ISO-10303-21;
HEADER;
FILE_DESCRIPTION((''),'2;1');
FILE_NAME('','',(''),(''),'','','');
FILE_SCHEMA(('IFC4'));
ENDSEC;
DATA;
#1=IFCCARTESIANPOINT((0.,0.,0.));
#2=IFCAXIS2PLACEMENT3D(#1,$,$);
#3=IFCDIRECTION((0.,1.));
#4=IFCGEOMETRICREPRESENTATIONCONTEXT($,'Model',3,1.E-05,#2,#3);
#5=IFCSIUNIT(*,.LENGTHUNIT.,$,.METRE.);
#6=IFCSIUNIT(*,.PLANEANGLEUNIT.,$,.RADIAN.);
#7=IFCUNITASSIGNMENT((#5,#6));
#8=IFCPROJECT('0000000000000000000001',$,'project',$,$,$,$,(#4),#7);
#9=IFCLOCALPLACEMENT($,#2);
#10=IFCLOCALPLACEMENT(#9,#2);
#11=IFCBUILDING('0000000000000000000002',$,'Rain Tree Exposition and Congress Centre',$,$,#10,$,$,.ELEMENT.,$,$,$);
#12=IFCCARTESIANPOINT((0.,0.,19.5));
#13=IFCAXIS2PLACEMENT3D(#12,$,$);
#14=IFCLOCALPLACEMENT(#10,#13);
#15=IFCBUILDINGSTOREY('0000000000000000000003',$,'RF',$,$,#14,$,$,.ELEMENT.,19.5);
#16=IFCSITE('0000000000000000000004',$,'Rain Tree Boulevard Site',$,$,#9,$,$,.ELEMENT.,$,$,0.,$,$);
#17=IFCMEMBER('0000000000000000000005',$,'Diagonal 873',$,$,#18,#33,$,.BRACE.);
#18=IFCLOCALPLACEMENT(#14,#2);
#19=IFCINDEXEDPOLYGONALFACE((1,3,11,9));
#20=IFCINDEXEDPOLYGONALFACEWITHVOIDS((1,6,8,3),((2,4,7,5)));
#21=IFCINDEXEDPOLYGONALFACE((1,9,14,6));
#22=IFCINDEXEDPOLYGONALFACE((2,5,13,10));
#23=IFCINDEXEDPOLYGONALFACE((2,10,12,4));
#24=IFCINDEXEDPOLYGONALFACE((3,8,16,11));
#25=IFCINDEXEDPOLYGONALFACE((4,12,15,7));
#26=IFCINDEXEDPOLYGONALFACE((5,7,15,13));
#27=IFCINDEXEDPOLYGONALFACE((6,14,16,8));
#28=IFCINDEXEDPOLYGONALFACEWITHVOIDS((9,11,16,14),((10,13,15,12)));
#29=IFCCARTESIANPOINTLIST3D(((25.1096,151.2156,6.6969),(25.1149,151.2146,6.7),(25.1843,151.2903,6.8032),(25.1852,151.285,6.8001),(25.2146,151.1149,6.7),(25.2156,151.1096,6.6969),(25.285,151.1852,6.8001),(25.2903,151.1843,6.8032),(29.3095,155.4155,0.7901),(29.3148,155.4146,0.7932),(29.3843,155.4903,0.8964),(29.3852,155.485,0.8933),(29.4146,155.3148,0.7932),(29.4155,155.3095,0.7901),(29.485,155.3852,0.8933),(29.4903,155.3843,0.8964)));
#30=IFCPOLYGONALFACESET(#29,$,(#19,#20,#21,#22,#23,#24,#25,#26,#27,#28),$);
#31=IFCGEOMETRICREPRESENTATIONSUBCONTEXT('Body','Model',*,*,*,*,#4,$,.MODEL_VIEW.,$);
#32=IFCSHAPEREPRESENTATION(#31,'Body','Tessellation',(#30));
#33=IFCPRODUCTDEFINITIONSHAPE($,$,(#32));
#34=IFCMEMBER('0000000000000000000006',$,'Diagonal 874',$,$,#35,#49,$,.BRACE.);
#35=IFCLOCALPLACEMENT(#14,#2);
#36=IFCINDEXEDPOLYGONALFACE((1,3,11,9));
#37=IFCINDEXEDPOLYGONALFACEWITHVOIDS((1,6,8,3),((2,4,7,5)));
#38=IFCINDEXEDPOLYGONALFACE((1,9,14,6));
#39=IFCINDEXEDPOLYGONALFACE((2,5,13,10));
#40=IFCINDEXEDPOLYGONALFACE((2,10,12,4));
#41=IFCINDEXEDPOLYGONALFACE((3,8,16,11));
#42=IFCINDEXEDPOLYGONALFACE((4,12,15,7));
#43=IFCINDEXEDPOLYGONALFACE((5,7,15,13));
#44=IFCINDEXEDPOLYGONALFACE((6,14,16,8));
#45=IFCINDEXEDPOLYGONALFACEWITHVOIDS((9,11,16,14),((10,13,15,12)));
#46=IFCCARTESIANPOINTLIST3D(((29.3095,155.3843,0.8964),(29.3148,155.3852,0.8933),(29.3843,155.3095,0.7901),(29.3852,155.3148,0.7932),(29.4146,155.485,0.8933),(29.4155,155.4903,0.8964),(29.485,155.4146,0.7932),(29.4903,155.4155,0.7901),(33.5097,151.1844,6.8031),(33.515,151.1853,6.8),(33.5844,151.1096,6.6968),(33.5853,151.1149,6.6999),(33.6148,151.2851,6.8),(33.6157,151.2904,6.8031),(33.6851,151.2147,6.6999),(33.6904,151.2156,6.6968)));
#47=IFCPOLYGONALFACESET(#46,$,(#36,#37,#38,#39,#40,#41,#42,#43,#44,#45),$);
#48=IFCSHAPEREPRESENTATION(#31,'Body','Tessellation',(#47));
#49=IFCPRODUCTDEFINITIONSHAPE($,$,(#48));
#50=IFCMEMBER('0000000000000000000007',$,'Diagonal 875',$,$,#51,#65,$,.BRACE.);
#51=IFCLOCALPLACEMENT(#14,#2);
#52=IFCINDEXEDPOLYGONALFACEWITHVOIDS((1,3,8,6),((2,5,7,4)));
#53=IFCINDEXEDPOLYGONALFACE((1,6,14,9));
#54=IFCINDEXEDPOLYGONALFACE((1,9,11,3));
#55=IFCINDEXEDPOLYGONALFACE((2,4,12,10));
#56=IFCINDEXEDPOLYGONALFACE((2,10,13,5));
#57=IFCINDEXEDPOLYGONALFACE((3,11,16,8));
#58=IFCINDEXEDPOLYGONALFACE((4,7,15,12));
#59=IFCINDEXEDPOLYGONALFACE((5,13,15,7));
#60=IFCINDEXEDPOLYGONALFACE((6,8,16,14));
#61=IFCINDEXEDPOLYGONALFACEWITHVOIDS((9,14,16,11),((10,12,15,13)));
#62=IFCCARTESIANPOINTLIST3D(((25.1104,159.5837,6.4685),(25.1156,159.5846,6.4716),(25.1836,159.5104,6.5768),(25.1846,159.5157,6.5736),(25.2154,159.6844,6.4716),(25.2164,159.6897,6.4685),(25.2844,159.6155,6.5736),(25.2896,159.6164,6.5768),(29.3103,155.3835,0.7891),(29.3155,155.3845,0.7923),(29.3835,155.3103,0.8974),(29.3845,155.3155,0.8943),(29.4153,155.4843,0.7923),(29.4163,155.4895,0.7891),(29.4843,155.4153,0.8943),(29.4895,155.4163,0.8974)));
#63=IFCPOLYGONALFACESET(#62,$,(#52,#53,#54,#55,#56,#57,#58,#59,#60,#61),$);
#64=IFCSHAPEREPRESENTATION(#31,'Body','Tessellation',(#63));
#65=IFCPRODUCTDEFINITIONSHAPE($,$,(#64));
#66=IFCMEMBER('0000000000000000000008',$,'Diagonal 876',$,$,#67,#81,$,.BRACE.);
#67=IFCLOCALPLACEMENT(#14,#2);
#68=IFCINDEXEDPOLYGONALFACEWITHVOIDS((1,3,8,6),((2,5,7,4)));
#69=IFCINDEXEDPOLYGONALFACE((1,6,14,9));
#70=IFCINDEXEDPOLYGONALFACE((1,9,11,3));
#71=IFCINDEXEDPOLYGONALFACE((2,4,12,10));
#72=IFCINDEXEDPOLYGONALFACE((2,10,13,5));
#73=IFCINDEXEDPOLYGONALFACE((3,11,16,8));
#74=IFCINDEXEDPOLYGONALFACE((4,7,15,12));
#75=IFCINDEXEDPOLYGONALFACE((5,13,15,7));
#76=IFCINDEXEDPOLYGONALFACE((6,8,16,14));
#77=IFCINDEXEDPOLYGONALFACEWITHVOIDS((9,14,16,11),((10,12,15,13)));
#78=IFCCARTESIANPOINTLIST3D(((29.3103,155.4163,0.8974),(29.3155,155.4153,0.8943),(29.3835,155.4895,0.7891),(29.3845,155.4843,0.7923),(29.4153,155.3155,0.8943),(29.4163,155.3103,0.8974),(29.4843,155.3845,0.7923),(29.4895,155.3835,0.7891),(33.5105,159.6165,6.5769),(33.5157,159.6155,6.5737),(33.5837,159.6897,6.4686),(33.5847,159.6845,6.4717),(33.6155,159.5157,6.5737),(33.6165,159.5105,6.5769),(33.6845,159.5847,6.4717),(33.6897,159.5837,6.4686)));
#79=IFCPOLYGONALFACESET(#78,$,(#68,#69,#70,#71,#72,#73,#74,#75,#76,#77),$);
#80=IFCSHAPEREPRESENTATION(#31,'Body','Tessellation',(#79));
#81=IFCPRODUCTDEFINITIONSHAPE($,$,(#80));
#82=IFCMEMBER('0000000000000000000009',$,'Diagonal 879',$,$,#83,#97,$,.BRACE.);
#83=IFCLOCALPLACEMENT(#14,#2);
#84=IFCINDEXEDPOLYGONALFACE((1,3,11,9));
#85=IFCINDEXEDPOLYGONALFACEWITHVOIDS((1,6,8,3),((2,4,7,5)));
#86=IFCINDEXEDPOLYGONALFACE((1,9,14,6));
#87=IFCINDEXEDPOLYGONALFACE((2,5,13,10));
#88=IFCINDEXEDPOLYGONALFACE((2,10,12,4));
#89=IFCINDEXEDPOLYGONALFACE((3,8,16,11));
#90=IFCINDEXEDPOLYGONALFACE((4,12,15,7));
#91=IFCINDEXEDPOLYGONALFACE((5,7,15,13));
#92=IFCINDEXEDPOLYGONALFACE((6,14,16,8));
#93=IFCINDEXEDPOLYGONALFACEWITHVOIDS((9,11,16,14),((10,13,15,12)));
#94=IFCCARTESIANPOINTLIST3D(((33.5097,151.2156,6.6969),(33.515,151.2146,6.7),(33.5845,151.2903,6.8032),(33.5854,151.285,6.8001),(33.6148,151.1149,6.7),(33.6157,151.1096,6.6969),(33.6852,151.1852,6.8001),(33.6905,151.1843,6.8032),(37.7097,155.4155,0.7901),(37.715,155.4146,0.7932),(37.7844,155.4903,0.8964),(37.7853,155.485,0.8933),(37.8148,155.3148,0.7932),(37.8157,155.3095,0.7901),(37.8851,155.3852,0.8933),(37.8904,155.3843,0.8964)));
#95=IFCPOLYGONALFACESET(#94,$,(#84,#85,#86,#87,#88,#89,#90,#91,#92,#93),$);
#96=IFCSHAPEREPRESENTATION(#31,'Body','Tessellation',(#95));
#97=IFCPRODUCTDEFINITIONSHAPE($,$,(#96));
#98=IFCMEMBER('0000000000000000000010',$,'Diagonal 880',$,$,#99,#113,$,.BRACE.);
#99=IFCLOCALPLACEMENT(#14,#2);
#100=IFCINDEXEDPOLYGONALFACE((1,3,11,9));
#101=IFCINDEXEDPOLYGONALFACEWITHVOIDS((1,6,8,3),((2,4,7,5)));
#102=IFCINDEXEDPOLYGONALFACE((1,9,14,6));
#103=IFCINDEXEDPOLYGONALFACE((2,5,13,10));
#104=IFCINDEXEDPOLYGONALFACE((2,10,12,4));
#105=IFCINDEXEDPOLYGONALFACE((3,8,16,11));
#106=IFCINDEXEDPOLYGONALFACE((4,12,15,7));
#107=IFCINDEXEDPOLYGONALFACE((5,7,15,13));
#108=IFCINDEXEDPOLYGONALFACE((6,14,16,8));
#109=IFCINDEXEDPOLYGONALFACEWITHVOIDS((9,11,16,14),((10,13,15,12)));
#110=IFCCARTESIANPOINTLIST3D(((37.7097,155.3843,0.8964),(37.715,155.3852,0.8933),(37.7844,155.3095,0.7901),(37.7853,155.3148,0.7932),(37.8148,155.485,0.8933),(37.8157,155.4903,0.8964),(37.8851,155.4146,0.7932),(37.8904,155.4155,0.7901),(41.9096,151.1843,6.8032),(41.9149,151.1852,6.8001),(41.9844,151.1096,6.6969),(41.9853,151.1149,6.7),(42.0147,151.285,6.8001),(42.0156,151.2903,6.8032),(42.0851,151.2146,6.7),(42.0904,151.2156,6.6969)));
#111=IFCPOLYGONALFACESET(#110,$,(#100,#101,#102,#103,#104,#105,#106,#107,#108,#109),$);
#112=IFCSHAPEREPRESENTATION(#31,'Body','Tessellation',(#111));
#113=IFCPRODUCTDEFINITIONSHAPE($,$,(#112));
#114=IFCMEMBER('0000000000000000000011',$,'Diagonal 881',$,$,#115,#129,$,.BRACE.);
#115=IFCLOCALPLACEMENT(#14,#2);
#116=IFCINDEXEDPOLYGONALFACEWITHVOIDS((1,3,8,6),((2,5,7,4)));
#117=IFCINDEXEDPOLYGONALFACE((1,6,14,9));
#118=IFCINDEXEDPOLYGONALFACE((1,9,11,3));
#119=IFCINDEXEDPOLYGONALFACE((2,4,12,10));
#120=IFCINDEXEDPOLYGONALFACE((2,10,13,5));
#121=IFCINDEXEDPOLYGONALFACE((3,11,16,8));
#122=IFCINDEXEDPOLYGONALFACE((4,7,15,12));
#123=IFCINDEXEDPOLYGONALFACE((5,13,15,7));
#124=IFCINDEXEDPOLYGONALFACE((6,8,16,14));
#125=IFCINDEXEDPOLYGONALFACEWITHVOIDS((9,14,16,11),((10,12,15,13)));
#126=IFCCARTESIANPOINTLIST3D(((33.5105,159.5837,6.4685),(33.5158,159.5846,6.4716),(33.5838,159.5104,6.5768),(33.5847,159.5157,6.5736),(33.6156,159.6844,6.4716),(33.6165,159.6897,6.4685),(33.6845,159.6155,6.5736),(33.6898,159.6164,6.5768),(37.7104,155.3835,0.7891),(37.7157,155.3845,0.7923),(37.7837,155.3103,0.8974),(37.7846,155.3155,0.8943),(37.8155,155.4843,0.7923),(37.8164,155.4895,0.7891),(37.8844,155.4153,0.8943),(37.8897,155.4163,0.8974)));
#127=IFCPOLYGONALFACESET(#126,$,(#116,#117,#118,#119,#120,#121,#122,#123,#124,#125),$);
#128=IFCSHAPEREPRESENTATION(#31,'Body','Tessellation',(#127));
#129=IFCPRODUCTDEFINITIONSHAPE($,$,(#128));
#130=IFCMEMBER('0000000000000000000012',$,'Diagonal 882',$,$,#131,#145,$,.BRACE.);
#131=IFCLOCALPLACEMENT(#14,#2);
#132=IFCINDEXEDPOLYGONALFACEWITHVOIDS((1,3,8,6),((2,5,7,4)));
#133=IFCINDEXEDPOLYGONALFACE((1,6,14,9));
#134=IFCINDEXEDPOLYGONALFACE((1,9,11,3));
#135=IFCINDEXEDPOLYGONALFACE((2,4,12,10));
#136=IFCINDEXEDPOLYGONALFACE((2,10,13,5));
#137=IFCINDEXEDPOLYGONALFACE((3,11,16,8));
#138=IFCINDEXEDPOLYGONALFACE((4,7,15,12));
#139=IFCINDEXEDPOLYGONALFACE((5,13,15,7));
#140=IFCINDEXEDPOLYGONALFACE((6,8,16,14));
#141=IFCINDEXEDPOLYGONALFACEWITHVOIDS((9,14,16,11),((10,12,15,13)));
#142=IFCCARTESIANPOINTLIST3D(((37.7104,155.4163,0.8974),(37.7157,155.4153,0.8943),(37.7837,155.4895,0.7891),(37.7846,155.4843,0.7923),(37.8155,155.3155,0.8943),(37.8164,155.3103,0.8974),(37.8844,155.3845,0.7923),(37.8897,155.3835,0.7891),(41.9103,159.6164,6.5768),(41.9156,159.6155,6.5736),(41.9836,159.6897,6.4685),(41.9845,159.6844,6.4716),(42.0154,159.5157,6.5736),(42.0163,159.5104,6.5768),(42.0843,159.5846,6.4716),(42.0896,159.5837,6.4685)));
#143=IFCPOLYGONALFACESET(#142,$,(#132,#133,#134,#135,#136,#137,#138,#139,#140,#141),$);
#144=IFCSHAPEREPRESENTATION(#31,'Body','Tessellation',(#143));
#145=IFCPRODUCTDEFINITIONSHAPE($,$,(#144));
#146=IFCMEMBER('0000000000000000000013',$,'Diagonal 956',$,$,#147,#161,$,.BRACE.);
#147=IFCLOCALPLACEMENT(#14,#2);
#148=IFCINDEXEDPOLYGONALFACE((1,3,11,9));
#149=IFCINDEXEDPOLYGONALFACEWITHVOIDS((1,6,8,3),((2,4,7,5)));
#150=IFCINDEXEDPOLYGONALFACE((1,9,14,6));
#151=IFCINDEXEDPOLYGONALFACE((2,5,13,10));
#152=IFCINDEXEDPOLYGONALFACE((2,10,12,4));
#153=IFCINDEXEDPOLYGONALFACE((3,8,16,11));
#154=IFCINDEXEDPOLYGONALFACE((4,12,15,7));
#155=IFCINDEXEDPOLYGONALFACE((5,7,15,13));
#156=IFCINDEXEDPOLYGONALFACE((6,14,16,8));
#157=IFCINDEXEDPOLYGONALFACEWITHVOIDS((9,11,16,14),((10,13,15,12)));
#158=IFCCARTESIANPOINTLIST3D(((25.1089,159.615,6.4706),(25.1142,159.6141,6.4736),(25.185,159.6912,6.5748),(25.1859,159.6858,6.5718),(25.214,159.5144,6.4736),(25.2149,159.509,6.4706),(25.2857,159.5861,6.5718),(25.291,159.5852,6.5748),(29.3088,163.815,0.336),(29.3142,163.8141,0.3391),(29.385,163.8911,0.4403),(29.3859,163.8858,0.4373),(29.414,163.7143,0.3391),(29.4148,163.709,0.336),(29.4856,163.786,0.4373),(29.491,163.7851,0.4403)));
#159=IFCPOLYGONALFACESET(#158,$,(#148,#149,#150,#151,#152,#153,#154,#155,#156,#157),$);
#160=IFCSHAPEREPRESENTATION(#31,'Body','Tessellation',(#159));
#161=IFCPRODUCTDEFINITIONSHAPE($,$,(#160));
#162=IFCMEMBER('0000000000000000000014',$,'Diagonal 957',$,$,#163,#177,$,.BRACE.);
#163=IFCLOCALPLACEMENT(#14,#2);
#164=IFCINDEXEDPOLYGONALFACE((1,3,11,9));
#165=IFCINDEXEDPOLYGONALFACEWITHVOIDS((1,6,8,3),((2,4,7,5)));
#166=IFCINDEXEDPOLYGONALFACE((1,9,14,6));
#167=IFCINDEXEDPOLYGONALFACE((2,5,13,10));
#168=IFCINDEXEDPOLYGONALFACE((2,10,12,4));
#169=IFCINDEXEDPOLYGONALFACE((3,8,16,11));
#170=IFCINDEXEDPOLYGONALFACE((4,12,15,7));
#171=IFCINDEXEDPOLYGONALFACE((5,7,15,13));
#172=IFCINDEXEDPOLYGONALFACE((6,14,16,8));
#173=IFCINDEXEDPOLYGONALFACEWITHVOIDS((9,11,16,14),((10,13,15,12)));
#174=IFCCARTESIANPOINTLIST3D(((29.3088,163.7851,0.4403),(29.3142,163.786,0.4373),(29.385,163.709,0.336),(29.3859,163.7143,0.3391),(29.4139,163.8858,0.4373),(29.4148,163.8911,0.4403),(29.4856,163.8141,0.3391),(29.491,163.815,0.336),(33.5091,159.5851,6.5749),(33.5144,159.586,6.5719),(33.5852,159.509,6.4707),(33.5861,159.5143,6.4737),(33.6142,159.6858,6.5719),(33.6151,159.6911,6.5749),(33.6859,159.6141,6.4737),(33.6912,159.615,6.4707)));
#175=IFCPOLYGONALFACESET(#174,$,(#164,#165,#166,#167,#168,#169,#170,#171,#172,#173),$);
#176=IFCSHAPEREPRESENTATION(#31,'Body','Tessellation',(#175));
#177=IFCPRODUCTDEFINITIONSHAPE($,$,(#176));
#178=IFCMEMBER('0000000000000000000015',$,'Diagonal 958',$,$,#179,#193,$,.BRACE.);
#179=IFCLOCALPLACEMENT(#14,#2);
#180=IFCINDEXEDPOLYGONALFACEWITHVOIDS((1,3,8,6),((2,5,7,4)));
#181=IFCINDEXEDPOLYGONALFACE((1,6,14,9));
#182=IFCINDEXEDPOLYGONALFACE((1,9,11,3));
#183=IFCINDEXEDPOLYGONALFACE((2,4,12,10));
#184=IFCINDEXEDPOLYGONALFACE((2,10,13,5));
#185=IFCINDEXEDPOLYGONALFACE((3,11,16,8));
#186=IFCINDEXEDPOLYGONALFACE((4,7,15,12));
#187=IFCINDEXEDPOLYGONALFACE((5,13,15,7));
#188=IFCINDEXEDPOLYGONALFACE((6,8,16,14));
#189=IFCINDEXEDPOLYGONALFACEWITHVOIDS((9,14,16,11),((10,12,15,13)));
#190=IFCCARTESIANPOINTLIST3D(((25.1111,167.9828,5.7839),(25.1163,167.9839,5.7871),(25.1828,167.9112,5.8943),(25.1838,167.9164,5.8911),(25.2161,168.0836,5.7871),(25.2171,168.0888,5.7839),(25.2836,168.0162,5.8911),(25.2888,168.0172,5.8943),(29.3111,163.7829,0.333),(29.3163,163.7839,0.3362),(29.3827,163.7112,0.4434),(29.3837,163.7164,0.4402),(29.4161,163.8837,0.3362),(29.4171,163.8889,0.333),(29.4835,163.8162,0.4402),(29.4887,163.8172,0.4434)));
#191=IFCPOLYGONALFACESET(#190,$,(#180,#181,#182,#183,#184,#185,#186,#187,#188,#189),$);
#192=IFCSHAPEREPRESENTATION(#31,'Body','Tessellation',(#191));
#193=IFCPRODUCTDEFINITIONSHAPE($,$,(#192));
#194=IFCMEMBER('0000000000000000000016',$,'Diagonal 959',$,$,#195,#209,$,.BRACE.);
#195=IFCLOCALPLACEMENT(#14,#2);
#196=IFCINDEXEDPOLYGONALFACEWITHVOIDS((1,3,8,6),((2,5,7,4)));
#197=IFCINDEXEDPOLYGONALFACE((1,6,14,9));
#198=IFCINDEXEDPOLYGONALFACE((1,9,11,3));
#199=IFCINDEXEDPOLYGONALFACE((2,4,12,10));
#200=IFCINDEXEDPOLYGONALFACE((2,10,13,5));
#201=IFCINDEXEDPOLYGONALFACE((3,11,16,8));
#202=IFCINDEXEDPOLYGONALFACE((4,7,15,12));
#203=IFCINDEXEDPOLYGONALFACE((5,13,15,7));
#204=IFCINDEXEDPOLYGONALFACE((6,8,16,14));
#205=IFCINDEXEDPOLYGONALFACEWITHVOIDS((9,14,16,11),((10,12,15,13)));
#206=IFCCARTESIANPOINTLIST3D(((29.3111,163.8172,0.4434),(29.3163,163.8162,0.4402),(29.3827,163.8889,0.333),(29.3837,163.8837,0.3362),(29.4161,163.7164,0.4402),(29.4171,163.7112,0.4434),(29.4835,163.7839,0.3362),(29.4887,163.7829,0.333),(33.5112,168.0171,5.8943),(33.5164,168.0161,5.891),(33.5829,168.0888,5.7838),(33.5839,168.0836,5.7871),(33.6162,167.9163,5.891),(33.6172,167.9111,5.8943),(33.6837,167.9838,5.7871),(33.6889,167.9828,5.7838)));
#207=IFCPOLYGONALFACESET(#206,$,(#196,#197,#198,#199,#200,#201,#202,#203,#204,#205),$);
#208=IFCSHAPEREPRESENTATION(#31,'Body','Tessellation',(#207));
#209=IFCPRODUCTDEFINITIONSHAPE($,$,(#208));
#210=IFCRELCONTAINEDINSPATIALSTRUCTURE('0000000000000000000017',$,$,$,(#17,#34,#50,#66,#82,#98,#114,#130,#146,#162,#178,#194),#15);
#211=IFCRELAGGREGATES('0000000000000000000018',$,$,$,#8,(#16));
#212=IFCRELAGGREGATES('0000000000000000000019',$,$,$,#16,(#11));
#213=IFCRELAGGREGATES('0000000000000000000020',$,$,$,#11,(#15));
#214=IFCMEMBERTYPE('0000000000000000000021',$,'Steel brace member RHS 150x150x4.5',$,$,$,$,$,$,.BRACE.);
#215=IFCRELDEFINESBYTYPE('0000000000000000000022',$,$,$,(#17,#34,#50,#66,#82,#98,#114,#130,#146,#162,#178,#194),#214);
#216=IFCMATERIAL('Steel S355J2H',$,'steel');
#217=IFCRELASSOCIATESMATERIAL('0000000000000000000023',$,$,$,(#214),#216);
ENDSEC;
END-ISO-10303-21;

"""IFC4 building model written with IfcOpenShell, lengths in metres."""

from ifc_helpers import new_model, si_unit, direction, frame, origin, origin_2d, place, context, subcontext, project, spatial, hollow_rectangle, extrude, material, material_profile, profile_set, type_object, element, save


model = new_model("IFC4")

# Units and contexts
model_context = context("Model", 3, precision=1e-05, world=origin(), true_north=direction((0.0, 1.0)))
body_context = subcontext(model_context, "Body", "Model", "MODEL_VIEW")
ifc_project = project(units=[si_unit("LENGTHUNIT", "METRE"), si_unit("PLANEANGLEUNIT", "RADIAN")], contexts=[model_context])

# Site, building, storey
site_placement = place(None, origin())
site = spatial("IfcSite", under=ifc_project, at=site_placement, Name="Rain Tree Boulevard Site", CompositionType="ELEMENT", RefElevation=0.0)
building_placement = place(site_placement, origin())
building = spatial("IfcBuilding", under=site, at=building_placement, Name="Rain Tree Exposition and Congress Centre", CompositionType="ELEMENT")
storey_placement = place(building_placement, frame((0.0, 0.0, 19.5)))
storey = spatial("IfcBuildingStorey", under=building, at=storey_placement, Name="RF", CompositionType="ELEMENT", Elevation=19.5)

# Members
ifc_material_1 = material(Name="Steel S355J2H", Category="steel")
ifc_material_profile_1 = material_profile(ifc_material_1, hollow_rectangle(XDim=0.1499, YDim=0.1499, WallThickness=0.0044, at=origin_2d()), Name="RHS 150x150x4.5")
ifc_profile_set_1 = profile_set([ifc_material_profile_1], Name="Steel S355J2H")
member_type_1 = type_object("IfcMemberType", Name="Steel brace member RHS 150x150x4.5", PredefinedType="BRACE", material=ifc_profile_set_1)
for number, where, z_axis, x_axis, name in (
    (1, (29.3999, 155.3999, 0.8433), (-0.501386, -0.501386, 0.705141), (0.707107, -0.707107, 0.0), "Diagonal 873"),
    (2, (29.3999, 155.3999, 0.8433), (0.501408, -0.501379, 0.705131), (0.707086, 0.707127, 0.0), "Diagonal 874"),
):
    element("IfcMember", number, at=place(storey_placement, frame(where, z_axis=z_axis, x_axis=x_axis)), inside=storey, type_object=member_type_1, Name=name, PredefinedType="BRACE", context=body_context, shape_type="SweptSolid", body=[
        extrude(hollow_rectangle(XDim=0.1499, YDim=0.1499, WallThickness=0.0044, at=origin_2d()), origin(), (0.0, 0.0, 1.0), 8.3767),
    ])
member_1_placement = place(storey_placement, frame((29.3999, 155.3999, 0.8433), z_axis=(-0.511061, 0.51109, 0.691089), x_axis=(-0.707127, -0.707086, 0.0)))
element("IfcMember", 3, at=member_1_placement, inside=storey, type_object=member_type_1, Name="Diagonal 875", PredefinedType="BRACE", context=body_context, shape_type="SweptSolid", body=[
    extrude(hollow_rectangle(XDim=0.1499, YDim=0.1499, WallThickness=0.0044, at=origin_2d()), origin(), (0.0, 0.0, 1.0), 8.218),
])
member_2_placement = place(storey_placement, frame((29.3999, 155.3999, 0.8433), z_axis=(0.511083, 0.511083, 0.691078), x_axis=(-0.707107, 0.707107, 0.0)))
element("IfcMember", 4, at=member_2_placement, inside=storey, type_object=member_type_1, Name="Diagonal 876", PredefinedType="BRACE", context=body_context, shape_type="SweptSolid", body=[
    extrude(hollow_rectangle(XDim=0.1499, YDim=0.1499, WallThickness=0.0044, at=origin_2d()), origin(), (0.0, 0.0, 1.0), 8.2183),
])
for number, where, z_axis, x_axis, name in (
    (5, (37.8, 155.3999, 0.8433), (-0.501386, -0.501386, 0.705141), (0.707107, -0.707107, 0.0), "Diagonal 879"),
    (6, (37.8, 155.3999, 0.8433), (0.501386, -0.501386, 0.705141), (0.707107, 0.707107, 0.0), "Diagonal 880"),
):
    element("IfcMember", number, at=place(storey_placement, frame(where, z_axis=z_axis, x_axis=x_axis)), inside=storey, type_object=member_type_1, Name=name, PredefinedType="BRACE", context=body_context, shape_type="SweptSolid", body=[
        extrude(hollow_rectangle(XDim=0.1499, YDim=0.1499, WallThickness=0.0044, at=origin_2d()), origin(), (0.0, 0.0, 1.0), 8.3767),
    ])
for number, where, z_axis, x_axis, name in (
    (7, (37.8, 155.3999, 0.8433), (-0.511061, 0.51109, 0.691089), (-0.707127, -0.707086, 0.0), "Diagonal 881"),
    (8, (37.8, 155.3999, 0.8433), (0.511061, 0.51109, 0.691089), (-0.707127, 0.707086, 0.0), "Diagonal 882"),
):
    element("IfcMember", number, at=place(storey_placement, frame(where, z_axis=z_axis, x_axis=x_axis)), inside=storey, type_object=member_type_1, Name=name, PredefinedType="BRACE", context=body_context, shape_type="SweptSolid", body=[
        extrude(hollow_rectangle(XDim=0.1499, YDim=0.1499, WallThickness=0.0044, at=origin_2d()), origin(), (0.0, 0.0, 1.0), 8.218),
    ])
member_3_placement = place(storey_placement, frame((29.3999, 163.8, 0.3882), z_axis=(-0.491865, -0.491865, 0.718427), x_axis=(0.707107, -0.707107, 0.0)))
element("IfcMember", 9, at=member_3_placement, inside=storey, type_object=member_type_1, Name="Diagonal 956", PredefinedType="BRACE", context=body_context, shape_type="SweptSolid", body=[
    extrude(hollow_rectangle(XDim=0.1499, YDim=0.1499, WallThickness=0.0044, at=origin_2d()), origin(), (0.0, 0.0, 1.0), 8.5388),
])
member_4_placement = place(storey_placement, frame((29.3999, 163.8, 0.3882), z_axis=(0.491887, -0.491858, 0.718417), x_axis=(0.707086, 0.707127, 0.0)))
element("IfcMember", 10, at=member_4_placement, inside=storey, type_object=member_type_1, Name="Diagonal 957", PredefinedType="BRACE", context=body_context, shape_type="SweptSolid", body=[
    extrude(hollow_rectangle(XDim=0.1499, YDim=0.1499, WallThickness=0.0044, at=origin_2d()), origin(), (0.0, 0.0, 1.0), 8.5391),
])
for number, where, z_axis, x_axis, name in (
    (11, (29.3999, 163.8, 0.3882), (-0.520973, 0.520973, 0.676147), (-0.707107, -0.707107, 0.0), "Diagonal 958"),
    (12, (29.3999, 163.8, 0.3882), (0.520995, 0.520965, 0.676136), (-0.707086, 0.707127, 0.0), "Diagonal 959"),
):
    element("IfcMember", number, at=place(storey_placement, frame(where, z_axis=z_axis, x_axis=x_axis)), inside=storey, type_object=member_type_1, Name=name, PredefinedType="BRACE", context=body_context, shape_type="SweptSolid", body=[
        extrude(hollow_rectangle(XDim=0.1499, YDim=0.1499, WallThickness=0.0044, at=origin_2d()), origin(), (0.0, 0.0, 1.0), 8.0618),
    ])

save(model, "model.ifc")
